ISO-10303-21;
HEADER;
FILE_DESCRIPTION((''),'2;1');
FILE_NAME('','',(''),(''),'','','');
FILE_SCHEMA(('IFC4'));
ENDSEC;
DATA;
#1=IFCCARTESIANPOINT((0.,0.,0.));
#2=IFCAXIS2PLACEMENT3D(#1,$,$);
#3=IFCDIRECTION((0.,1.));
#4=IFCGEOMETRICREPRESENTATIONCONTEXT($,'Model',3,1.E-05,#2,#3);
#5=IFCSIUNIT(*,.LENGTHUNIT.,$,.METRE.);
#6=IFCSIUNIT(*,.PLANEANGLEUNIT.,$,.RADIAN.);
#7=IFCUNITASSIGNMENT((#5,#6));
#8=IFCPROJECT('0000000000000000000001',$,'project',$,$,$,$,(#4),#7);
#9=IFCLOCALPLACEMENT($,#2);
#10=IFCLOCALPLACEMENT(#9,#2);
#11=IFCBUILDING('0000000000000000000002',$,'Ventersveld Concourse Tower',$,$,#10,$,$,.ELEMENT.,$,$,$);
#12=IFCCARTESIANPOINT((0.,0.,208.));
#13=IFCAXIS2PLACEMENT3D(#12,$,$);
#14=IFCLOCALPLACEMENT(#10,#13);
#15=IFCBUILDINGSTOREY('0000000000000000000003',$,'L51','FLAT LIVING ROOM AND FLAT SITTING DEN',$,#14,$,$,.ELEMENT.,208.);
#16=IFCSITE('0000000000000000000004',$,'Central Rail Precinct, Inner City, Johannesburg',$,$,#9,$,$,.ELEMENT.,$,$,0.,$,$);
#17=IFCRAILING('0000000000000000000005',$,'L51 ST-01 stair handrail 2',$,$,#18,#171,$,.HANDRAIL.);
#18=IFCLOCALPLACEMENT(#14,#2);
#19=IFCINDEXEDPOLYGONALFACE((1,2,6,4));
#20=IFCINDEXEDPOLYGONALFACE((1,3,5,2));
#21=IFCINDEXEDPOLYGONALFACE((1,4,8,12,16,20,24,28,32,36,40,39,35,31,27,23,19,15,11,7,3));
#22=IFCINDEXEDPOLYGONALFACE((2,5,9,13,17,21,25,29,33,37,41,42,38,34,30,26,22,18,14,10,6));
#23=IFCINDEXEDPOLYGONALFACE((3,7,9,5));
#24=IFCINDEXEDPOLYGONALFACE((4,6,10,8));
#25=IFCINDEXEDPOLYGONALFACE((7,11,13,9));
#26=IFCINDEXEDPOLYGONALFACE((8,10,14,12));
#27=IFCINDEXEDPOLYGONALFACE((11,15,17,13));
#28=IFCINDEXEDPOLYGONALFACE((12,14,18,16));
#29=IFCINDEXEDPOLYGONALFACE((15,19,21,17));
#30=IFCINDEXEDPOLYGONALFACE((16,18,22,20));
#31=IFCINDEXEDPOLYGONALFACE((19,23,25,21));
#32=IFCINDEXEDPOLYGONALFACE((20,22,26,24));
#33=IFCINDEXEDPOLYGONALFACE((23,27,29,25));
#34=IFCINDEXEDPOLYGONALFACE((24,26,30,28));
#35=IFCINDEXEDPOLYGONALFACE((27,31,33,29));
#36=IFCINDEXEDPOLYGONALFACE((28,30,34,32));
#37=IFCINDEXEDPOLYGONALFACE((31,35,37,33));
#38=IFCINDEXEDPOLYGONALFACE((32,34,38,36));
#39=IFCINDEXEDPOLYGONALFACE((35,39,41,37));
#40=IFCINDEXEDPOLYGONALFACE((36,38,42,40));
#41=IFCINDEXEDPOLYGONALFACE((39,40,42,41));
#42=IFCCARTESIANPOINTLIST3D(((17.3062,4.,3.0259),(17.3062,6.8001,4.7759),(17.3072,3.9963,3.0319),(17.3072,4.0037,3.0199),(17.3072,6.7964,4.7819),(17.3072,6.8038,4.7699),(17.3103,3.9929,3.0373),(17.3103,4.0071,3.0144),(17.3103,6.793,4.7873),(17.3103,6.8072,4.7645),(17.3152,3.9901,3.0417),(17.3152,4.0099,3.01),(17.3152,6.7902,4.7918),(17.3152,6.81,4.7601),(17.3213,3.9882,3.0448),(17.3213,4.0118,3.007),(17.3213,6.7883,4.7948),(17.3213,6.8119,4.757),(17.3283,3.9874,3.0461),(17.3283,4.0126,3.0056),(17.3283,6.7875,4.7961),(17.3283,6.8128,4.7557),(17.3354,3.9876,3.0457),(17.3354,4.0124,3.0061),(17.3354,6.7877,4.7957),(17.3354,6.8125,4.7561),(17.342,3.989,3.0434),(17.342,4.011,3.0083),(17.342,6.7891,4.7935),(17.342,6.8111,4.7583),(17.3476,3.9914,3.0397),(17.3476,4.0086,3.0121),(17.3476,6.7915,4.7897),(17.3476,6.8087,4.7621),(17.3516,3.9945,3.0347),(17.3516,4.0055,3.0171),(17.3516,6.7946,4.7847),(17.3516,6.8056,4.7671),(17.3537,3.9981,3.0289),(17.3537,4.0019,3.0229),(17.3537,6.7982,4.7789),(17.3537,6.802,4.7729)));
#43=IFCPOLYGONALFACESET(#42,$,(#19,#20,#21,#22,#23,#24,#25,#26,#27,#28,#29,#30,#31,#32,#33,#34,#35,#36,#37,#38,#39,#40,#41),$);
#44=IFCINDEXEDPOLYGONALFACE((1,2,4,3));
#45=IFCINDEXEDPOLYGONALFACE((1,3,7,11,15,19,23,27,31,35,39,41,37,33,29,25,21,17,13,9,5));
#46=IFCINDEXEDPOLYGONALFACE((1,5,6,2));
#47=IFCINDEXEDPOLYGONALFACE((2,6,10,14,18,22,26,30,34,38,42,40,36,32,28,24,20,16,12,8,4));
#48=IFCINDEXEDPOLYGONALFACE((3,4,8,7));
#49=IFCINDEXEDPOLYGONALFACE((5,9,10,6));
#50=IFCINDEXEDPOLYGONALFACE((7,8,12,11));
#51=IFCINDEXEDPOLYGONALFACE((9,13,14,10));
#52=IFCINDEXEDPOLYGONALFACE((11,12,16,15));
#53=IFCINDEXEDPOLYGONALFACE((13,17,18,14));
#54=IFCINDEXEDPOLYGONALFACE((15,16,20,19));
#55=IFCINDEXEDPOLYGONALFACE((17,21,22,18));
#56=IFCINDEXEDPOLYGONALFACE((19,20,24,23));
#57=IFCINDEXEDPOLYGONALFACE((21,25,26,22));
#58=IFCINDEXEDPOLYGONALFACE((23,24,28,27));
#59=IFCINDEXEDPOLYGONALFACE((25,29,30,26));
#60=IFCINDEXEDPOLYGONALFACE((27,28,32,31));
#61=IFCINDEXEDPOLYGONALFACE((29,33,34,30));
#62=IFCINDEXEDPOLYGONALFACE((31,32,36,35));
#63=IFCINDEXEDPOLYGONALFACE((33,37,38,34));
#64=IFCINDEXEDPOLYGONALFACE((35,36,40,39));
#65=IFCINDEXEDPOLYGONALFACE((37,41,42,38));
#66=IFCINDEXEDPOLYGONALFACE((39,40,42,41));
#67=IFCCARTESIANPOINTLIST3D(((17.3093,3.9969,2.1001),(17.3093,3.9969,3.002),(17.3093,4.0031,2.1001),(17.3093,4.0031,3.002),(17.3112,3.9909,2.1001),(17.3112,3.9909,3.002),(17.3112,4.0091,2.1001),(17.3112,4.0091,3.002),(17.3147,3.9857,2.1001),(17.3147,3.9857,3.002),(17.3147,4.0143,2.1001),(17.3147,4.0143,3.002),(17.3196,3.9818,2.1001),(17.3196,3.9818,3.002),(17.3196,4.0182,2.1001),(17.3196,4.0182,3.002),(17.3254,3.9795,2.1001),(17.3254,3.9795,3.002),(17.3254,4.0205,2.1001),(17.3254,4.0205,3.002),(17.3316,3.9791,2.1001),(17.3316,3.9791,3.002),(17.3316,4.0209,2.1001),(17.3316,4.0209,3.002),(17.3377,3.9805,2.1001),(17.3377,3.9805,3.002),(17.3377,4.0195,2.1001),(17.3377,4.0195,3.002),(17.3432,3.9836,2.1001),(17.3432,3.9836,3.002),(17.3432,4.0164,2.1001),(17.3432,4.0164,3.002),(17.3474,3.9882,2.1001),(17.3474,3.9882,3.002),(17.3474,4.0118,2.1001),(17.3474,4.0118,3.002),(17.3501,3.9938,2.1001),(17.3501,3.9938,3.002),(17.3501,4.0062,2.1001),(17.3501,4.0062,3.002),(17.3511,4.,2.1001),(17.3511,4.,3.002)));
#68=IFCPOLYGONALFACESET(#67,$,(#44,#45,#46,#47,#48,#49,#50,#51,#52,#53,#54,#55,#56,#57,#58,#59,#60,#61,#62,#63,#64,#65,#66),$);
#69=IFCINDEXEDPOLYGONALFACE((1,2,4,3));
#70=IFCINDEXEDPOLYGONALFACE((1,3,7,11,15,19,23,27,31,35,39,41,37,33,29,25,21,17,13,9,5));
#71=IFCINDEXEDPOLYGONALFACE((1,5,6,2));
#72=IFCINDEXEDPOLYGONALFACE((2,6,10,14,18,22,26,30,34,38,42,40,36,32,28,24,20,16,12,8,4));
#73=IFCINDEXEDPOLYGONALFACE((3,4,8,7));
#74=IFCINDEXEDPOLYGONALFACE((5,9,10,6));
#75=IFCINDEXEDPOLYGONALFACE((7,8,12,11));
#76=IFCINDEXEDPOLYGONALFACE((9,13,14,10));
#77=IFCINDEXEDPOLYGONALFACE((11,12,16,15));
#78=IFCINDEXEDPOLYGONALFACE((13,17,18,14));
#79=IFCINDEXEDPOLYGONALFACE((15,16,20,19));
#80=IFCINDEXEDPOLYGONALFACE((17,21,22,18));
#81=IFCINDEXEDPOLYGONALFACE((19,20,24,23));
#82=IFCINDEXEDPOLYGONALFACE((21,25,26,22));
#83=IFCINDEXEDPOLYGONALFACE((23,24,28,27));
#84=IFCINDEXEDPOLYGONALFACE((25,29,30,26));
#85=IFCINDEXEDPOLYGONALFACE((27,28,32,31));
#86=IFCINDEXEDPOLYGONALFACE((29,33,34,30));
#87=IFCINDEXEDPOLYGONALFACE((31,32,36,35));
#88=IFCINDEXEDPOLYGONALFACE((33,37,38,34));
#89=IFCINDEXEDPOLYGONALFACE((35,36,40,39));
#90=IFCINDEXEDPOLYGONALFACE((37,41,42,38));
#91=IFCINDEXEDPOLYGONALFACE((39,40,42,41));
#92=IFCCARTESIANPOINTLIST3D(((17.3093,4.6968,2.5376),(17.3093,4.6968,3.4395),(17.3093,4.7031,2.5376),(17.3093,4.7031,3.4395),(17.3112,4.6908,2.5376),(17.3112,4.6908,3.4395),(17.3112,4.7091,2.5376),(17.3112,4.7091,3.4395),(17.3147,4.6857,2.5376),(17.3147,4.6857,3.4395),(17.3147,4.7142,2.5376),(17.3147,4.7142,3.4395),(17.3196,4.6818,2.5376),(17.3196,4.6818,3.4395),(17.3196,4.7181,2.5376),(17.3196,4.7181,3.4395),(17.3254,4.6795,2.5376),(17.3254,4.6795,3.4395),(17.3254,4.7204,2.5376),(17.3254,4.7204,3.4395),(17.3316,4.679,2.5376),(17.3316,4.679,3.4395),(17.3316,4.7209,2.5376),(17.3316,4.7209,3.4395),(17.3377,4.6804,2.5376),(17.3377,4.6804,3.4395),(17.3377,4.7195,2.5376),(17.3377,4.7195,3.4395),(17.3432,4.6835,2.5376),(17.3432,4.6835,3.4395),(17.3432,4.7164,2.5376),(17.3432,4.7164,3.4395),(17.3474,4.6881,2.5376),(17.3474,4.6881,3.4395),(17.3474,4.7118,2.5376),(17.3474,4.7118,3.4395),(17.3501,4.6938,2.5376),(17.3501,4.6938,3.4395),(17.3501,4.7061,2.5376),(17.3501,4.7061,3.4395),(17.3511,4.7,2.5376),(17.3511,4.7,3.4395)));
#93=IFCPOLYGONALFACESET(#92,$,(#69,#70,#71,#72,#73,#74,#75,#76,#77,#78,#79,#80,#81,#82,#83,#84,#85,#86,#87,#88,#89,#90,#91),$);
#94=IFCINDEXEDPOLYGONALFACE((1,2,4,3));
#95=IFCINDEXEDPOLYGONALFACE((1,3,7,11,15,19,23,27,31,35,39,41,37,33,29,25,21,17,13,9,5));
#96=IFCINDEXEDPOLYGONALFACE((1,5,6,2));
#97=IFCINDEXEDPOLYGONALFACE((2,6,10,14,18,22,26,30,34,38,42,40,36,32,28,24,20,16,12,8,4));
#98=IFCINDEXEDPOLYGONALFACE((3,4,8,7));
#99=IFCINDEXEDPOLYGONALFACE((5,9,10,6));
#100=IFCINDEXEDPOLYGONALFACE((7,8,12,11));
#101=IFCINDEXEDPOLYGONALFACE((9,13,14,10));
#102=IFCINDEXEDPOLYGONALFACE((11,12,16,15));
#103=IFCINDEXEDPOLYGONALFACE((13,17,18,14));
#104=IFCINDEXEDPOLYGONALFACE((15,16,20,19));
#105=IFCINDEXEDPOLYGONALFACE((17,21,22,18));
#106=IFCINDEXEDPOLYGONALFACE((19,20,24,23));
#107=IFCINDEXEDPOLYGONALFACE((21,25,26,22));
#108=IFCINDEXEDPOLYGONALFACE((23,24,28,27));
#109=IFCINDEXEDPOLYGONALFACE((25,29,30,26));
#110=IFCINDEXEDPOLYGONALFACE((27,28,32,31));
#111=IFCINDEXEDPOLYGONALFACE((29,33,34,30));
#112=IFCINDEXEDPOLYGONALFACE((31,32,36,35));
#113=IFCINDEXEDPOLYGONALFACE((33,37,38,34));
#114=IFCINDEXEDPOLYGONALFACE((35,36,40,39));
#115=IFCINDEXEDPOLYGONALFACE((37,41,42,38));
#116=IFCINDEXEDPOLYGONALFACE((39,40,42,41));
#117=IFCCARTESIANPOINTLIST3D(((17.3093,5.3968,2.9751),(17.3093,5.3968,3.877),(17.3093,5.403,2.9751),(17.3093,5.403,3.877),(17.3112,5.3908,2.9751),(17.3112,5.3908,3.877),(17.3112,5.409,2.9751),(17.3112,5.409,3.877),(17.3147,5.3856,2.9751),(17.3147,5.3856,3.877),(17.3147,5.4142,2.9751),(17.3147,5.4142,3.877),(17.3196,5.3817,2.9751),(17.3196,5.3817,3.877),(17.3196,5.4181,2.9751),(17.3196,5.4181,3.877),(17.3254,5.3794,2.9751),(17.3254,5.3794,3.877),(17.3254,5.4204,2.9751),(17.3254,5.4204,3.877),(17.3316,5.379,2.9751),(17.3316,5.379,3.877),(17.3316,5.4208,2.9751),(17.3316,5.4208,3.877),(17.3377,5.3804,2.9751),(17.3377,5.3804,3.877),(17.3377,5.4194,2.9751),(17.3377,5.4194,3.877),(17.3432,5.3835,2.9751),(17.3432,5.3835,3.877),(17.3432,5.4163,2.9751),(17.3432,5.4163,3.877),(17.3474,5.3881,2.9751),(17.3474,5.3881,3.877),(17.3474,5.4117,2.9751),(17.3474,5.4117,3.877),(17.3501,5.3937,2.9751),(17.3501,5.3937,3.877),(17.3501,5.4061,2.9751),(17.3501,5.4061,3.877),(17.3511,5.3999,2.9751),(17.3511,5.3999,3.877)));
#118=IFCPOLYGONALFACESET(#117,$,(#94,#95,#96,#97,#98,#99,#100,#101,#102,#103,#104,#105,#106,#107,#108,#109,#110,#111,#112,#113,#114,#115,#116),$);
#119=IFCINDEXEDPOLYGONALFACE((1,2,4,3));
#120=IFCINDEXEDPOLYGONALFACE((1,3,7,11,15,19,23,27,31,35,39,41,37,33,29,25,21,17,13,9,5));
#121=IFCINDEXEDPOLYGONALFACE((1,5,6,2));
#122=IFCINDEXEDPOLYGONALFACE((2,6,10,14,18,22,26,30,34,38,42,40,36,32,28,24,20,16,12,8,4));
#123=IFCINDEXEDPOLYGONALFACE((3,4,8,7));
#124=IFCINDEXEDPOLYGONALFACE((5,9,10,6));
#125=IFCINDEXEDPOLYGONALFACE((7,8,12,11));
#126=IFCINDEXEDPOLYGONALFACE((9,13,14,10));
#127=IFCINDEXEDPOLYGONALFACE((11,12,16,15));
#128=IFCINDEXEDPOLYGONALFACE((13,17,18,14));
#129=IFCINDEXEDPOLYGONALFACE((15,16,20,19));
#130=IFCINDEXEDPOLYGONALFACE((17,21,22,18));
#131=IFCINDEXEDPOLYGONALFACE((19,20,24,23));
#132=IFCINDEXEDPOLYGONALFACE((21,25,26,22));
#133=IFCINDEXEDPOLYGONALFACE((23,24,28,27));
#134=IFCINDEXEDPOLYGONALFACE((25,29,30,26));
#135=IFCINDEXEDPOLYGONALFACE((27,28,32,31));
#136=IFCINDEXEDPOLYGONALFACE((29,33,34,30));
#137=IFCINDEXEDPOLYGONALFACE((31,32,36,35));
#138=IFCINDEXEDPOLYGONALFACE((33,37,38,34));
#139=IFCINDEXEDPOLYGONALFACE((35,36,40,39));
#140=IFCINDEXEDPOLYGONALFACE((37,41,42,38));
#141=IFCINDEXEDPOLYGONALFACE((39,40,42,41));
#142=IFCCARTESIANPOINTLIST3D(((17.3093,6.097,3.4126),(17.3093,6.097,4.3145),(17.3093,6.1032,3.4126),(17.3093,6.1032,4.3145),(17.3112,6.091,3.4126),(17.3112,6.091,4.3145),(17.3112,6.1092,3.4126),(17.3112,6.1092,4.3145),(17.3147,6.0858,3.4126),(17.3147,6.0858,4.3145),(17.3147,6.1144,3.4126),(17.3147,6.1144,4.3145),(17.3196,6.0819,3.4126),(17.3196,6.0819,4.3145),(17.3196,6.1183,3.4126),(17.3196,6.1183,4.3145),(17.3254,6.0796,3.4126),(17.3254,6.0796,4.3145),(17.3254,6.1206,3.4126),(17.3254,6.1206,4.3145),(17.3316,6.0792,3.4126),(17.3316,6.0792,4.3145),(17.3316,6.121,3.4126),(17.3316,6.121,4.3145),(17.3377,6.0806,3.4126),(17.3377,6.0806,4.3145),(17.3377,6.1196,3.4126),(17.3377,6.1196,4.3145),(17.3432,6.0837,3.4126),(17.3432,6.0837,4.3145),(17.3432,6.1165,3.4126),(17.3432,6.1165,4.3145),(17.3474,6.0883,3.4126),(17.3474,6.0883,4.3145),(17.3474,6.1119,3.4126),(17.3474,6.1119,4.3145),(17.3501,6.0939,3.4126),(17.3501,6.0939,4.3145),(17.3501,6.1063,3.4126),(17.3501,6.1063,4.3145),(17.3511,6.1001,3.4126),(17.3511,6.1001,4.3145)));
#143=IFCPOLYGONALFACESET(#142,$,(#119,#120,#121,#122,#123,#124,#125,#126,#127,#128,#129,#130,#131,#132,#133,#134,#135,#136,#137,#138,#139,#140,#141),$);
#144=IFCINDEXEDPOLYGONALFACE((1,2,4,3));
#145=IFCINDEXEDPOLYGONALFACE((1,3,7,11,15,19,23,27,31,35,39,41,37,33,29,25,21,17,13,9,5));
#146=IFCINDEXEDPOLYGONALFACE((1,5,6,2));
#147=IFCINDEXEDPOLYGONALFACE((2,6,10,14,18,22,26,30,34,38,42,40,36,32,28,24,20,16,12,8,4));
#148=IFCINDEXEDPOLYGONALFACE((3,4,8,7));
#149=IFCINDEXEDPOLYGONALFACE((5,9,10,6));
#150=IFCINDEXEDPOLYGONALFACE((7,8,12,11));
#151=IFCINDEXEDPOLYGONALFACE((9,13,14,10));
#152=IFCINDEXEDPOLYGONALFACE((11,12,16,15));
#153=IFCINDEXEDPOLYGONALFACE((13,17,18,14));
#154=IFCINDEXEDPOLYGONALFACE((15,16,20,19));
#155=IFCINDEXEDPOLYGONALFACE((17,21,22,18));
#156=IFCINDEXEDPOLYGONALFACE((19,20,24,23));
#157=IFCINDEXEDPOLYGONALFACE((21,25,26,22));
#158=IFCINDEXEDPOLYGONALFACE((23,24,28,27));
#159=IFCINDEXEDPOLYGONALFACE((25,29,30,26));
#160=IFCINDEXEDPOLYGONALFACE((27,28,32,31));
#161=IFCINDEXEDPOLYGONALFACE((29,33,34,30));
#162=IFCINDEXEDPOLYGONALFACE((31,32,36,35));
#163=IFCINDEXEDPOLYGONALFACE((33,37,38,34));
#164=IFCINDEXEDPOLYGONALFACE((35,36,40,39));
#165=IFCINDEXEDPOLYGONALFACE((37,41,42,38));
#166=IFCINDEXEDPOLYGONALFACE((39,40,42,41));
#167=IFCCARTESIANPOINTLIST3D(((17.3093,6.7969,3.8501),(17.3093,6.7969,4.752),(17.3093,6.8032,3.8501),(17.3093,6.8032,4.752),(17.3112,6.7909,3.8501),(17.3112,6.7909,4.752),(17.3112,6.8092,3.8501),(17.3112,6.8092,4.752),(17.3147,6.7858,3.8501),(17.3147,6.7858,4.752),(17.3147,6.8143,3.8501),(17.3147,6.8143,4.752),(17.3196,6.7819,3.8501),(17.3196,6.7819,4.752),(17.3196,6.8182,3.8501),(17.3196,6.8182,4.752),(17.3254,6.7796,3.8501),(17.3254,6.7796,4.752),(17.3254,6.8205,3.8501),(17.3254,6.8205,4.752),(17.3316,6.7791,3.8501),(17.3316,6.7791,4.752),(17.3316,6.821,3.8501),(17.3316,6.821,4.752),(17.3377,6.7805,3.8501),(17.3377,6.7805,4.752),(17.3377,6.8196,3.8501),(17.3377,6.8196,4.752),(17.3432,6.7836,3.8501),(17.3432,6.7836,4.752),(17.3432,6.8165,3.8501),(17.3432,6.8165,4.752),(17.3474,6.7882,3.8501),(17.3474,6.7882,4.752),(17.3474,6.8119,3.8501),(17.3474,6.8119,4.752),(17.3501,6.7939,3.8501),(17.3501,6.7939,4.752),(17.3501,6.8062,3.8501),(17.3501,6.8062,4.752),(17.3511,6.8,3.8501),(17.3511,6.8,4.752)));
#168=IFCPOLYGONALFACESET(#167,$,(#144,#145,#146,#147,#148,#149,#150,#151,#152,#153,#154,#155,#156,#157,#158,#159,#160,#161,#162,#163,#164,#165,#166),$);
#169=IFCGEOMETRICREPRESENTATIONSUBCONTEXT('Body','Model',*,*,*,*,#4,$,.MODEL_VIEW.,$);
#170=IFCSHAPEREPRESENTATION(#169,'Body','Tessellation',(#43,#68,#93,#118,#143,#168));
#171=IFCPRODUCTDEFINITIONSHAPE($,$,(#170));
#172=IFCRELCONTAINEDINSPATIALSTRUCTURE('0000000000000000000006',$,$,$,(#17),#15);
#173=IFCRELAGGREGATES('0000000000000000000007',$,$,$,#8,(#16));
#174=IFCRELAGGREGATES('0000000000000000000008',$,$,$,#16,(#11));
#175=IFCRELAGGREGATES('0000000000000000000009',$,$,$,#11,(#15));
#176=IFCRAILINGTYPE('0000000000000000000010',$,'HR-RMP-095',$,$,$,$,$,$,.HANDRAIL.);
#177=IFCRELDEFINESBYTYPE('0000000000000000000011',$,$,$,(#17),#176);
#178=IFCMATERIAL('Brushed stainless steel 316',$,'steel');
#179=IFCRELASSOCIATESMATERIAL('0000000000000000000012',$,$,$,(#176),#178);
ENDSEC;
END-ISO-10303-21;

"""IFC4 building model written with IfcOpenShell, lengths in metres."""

from ifc_helpers import new_model, si_unit, direction, frame, origin, origin_2d, place, context, subcontext, project, spatial, circle, extrude, material, type_object, element, save


model = new_model("IFC4")

# Units and contexts
model_context = context("Model", 3, precision=1e-05, world=origin(), true_north=direction((0.0, 1.0)))
body_context = subcontext(model_context, "Body", "Model", "MODEL_VIEW")
ifc_project = project(units=[si_unit("LENGTHUNIT", "METRE"), si_unit("PLANEANGLEUNIT", "RADIAN")], contexts=[model_context])

# Site, building, storey
site_placement = place(None, origin())
site = spatial("IfcSite", under=ifc_project, at=site_placement, Name="Central Rail Precinct, Inner City, Johannesburg", CompositionType="ELEMENT", RefElevation=0.0)
building_placement = place(site_placement, origin())
building = spatial("IfcBuilding", under=site, at=building_placement, Name="Ventersveld Concourse Tower", CompositionType="ELEMENT")
storey_placement = place(building_placement, frame((0.0, 0.0, 208.0)))
storey = spatial("IfcBuildingStorey", under=building, at=storey_placement, Name="L51", Description="FLAT LIVING ROOM AND FLAT SITTING DEN", CompositionType="ELEMENT", Elevation=208.0)

# Shared definitions
ifc_material_1 = material(Name="Brushed stainless steel 316", Category="steel")

# Railing
railing_type_1 = type_object("IfcRailingType", Name="HR-RMP-095", PredefinedType="HANDRAIL", material=ifc_material_1)
railing_1_placement = place(storey_placement, frame((17.3301, 4.0, 2.1001)))
element("IfcRailing", 1, at=railing_1_placement, inside=storey, type_object=railing_type_1, Name="L51 ST-01 stair handrail 2", PredefinedType="HANDRAIL", context=body_context, shape_type="SweptSolid", body=[
    extrude(circle(Radius=0.0239, at=origin_2d()), frame((0.0, 0.0, 0.9258), z_axis=(0.0, 0.848002, 0.529992), x_axis=(-1.0, 0.0, 0.0)), (0.0, 0.0, 1.0), 3.302),
    extrude(circle(Radius=0.021, at=origin_2d()), origin(), (0.0, 0.0, 1.0), 0.9019),
    extrude(circle(Radius=0.021, at=origin_2d()), frame((0.0, 0.7, 0.4375)), (0.0, 0.0, 1.0), 0.9019),
    extrude(circle(Radius=0.021, at=origin_2d()), frame((0.0, 1.3999, 0.875)), (0.0, 0.0, 1.0), 0.9019),
    extrude(circle(Radius=0.021, at=origin_2d()), frame((0.0, 2.1001, 1.3125)), (0.0, 0.0, 1.0), 0.9019),
    extrude(circle(Radius=0.021, at=origin_2d()), frame((0.0, 2.8, 1.75)), (0.0, 0.0, 1.0), 0.9019),
])

save(model, "model.ifc")
